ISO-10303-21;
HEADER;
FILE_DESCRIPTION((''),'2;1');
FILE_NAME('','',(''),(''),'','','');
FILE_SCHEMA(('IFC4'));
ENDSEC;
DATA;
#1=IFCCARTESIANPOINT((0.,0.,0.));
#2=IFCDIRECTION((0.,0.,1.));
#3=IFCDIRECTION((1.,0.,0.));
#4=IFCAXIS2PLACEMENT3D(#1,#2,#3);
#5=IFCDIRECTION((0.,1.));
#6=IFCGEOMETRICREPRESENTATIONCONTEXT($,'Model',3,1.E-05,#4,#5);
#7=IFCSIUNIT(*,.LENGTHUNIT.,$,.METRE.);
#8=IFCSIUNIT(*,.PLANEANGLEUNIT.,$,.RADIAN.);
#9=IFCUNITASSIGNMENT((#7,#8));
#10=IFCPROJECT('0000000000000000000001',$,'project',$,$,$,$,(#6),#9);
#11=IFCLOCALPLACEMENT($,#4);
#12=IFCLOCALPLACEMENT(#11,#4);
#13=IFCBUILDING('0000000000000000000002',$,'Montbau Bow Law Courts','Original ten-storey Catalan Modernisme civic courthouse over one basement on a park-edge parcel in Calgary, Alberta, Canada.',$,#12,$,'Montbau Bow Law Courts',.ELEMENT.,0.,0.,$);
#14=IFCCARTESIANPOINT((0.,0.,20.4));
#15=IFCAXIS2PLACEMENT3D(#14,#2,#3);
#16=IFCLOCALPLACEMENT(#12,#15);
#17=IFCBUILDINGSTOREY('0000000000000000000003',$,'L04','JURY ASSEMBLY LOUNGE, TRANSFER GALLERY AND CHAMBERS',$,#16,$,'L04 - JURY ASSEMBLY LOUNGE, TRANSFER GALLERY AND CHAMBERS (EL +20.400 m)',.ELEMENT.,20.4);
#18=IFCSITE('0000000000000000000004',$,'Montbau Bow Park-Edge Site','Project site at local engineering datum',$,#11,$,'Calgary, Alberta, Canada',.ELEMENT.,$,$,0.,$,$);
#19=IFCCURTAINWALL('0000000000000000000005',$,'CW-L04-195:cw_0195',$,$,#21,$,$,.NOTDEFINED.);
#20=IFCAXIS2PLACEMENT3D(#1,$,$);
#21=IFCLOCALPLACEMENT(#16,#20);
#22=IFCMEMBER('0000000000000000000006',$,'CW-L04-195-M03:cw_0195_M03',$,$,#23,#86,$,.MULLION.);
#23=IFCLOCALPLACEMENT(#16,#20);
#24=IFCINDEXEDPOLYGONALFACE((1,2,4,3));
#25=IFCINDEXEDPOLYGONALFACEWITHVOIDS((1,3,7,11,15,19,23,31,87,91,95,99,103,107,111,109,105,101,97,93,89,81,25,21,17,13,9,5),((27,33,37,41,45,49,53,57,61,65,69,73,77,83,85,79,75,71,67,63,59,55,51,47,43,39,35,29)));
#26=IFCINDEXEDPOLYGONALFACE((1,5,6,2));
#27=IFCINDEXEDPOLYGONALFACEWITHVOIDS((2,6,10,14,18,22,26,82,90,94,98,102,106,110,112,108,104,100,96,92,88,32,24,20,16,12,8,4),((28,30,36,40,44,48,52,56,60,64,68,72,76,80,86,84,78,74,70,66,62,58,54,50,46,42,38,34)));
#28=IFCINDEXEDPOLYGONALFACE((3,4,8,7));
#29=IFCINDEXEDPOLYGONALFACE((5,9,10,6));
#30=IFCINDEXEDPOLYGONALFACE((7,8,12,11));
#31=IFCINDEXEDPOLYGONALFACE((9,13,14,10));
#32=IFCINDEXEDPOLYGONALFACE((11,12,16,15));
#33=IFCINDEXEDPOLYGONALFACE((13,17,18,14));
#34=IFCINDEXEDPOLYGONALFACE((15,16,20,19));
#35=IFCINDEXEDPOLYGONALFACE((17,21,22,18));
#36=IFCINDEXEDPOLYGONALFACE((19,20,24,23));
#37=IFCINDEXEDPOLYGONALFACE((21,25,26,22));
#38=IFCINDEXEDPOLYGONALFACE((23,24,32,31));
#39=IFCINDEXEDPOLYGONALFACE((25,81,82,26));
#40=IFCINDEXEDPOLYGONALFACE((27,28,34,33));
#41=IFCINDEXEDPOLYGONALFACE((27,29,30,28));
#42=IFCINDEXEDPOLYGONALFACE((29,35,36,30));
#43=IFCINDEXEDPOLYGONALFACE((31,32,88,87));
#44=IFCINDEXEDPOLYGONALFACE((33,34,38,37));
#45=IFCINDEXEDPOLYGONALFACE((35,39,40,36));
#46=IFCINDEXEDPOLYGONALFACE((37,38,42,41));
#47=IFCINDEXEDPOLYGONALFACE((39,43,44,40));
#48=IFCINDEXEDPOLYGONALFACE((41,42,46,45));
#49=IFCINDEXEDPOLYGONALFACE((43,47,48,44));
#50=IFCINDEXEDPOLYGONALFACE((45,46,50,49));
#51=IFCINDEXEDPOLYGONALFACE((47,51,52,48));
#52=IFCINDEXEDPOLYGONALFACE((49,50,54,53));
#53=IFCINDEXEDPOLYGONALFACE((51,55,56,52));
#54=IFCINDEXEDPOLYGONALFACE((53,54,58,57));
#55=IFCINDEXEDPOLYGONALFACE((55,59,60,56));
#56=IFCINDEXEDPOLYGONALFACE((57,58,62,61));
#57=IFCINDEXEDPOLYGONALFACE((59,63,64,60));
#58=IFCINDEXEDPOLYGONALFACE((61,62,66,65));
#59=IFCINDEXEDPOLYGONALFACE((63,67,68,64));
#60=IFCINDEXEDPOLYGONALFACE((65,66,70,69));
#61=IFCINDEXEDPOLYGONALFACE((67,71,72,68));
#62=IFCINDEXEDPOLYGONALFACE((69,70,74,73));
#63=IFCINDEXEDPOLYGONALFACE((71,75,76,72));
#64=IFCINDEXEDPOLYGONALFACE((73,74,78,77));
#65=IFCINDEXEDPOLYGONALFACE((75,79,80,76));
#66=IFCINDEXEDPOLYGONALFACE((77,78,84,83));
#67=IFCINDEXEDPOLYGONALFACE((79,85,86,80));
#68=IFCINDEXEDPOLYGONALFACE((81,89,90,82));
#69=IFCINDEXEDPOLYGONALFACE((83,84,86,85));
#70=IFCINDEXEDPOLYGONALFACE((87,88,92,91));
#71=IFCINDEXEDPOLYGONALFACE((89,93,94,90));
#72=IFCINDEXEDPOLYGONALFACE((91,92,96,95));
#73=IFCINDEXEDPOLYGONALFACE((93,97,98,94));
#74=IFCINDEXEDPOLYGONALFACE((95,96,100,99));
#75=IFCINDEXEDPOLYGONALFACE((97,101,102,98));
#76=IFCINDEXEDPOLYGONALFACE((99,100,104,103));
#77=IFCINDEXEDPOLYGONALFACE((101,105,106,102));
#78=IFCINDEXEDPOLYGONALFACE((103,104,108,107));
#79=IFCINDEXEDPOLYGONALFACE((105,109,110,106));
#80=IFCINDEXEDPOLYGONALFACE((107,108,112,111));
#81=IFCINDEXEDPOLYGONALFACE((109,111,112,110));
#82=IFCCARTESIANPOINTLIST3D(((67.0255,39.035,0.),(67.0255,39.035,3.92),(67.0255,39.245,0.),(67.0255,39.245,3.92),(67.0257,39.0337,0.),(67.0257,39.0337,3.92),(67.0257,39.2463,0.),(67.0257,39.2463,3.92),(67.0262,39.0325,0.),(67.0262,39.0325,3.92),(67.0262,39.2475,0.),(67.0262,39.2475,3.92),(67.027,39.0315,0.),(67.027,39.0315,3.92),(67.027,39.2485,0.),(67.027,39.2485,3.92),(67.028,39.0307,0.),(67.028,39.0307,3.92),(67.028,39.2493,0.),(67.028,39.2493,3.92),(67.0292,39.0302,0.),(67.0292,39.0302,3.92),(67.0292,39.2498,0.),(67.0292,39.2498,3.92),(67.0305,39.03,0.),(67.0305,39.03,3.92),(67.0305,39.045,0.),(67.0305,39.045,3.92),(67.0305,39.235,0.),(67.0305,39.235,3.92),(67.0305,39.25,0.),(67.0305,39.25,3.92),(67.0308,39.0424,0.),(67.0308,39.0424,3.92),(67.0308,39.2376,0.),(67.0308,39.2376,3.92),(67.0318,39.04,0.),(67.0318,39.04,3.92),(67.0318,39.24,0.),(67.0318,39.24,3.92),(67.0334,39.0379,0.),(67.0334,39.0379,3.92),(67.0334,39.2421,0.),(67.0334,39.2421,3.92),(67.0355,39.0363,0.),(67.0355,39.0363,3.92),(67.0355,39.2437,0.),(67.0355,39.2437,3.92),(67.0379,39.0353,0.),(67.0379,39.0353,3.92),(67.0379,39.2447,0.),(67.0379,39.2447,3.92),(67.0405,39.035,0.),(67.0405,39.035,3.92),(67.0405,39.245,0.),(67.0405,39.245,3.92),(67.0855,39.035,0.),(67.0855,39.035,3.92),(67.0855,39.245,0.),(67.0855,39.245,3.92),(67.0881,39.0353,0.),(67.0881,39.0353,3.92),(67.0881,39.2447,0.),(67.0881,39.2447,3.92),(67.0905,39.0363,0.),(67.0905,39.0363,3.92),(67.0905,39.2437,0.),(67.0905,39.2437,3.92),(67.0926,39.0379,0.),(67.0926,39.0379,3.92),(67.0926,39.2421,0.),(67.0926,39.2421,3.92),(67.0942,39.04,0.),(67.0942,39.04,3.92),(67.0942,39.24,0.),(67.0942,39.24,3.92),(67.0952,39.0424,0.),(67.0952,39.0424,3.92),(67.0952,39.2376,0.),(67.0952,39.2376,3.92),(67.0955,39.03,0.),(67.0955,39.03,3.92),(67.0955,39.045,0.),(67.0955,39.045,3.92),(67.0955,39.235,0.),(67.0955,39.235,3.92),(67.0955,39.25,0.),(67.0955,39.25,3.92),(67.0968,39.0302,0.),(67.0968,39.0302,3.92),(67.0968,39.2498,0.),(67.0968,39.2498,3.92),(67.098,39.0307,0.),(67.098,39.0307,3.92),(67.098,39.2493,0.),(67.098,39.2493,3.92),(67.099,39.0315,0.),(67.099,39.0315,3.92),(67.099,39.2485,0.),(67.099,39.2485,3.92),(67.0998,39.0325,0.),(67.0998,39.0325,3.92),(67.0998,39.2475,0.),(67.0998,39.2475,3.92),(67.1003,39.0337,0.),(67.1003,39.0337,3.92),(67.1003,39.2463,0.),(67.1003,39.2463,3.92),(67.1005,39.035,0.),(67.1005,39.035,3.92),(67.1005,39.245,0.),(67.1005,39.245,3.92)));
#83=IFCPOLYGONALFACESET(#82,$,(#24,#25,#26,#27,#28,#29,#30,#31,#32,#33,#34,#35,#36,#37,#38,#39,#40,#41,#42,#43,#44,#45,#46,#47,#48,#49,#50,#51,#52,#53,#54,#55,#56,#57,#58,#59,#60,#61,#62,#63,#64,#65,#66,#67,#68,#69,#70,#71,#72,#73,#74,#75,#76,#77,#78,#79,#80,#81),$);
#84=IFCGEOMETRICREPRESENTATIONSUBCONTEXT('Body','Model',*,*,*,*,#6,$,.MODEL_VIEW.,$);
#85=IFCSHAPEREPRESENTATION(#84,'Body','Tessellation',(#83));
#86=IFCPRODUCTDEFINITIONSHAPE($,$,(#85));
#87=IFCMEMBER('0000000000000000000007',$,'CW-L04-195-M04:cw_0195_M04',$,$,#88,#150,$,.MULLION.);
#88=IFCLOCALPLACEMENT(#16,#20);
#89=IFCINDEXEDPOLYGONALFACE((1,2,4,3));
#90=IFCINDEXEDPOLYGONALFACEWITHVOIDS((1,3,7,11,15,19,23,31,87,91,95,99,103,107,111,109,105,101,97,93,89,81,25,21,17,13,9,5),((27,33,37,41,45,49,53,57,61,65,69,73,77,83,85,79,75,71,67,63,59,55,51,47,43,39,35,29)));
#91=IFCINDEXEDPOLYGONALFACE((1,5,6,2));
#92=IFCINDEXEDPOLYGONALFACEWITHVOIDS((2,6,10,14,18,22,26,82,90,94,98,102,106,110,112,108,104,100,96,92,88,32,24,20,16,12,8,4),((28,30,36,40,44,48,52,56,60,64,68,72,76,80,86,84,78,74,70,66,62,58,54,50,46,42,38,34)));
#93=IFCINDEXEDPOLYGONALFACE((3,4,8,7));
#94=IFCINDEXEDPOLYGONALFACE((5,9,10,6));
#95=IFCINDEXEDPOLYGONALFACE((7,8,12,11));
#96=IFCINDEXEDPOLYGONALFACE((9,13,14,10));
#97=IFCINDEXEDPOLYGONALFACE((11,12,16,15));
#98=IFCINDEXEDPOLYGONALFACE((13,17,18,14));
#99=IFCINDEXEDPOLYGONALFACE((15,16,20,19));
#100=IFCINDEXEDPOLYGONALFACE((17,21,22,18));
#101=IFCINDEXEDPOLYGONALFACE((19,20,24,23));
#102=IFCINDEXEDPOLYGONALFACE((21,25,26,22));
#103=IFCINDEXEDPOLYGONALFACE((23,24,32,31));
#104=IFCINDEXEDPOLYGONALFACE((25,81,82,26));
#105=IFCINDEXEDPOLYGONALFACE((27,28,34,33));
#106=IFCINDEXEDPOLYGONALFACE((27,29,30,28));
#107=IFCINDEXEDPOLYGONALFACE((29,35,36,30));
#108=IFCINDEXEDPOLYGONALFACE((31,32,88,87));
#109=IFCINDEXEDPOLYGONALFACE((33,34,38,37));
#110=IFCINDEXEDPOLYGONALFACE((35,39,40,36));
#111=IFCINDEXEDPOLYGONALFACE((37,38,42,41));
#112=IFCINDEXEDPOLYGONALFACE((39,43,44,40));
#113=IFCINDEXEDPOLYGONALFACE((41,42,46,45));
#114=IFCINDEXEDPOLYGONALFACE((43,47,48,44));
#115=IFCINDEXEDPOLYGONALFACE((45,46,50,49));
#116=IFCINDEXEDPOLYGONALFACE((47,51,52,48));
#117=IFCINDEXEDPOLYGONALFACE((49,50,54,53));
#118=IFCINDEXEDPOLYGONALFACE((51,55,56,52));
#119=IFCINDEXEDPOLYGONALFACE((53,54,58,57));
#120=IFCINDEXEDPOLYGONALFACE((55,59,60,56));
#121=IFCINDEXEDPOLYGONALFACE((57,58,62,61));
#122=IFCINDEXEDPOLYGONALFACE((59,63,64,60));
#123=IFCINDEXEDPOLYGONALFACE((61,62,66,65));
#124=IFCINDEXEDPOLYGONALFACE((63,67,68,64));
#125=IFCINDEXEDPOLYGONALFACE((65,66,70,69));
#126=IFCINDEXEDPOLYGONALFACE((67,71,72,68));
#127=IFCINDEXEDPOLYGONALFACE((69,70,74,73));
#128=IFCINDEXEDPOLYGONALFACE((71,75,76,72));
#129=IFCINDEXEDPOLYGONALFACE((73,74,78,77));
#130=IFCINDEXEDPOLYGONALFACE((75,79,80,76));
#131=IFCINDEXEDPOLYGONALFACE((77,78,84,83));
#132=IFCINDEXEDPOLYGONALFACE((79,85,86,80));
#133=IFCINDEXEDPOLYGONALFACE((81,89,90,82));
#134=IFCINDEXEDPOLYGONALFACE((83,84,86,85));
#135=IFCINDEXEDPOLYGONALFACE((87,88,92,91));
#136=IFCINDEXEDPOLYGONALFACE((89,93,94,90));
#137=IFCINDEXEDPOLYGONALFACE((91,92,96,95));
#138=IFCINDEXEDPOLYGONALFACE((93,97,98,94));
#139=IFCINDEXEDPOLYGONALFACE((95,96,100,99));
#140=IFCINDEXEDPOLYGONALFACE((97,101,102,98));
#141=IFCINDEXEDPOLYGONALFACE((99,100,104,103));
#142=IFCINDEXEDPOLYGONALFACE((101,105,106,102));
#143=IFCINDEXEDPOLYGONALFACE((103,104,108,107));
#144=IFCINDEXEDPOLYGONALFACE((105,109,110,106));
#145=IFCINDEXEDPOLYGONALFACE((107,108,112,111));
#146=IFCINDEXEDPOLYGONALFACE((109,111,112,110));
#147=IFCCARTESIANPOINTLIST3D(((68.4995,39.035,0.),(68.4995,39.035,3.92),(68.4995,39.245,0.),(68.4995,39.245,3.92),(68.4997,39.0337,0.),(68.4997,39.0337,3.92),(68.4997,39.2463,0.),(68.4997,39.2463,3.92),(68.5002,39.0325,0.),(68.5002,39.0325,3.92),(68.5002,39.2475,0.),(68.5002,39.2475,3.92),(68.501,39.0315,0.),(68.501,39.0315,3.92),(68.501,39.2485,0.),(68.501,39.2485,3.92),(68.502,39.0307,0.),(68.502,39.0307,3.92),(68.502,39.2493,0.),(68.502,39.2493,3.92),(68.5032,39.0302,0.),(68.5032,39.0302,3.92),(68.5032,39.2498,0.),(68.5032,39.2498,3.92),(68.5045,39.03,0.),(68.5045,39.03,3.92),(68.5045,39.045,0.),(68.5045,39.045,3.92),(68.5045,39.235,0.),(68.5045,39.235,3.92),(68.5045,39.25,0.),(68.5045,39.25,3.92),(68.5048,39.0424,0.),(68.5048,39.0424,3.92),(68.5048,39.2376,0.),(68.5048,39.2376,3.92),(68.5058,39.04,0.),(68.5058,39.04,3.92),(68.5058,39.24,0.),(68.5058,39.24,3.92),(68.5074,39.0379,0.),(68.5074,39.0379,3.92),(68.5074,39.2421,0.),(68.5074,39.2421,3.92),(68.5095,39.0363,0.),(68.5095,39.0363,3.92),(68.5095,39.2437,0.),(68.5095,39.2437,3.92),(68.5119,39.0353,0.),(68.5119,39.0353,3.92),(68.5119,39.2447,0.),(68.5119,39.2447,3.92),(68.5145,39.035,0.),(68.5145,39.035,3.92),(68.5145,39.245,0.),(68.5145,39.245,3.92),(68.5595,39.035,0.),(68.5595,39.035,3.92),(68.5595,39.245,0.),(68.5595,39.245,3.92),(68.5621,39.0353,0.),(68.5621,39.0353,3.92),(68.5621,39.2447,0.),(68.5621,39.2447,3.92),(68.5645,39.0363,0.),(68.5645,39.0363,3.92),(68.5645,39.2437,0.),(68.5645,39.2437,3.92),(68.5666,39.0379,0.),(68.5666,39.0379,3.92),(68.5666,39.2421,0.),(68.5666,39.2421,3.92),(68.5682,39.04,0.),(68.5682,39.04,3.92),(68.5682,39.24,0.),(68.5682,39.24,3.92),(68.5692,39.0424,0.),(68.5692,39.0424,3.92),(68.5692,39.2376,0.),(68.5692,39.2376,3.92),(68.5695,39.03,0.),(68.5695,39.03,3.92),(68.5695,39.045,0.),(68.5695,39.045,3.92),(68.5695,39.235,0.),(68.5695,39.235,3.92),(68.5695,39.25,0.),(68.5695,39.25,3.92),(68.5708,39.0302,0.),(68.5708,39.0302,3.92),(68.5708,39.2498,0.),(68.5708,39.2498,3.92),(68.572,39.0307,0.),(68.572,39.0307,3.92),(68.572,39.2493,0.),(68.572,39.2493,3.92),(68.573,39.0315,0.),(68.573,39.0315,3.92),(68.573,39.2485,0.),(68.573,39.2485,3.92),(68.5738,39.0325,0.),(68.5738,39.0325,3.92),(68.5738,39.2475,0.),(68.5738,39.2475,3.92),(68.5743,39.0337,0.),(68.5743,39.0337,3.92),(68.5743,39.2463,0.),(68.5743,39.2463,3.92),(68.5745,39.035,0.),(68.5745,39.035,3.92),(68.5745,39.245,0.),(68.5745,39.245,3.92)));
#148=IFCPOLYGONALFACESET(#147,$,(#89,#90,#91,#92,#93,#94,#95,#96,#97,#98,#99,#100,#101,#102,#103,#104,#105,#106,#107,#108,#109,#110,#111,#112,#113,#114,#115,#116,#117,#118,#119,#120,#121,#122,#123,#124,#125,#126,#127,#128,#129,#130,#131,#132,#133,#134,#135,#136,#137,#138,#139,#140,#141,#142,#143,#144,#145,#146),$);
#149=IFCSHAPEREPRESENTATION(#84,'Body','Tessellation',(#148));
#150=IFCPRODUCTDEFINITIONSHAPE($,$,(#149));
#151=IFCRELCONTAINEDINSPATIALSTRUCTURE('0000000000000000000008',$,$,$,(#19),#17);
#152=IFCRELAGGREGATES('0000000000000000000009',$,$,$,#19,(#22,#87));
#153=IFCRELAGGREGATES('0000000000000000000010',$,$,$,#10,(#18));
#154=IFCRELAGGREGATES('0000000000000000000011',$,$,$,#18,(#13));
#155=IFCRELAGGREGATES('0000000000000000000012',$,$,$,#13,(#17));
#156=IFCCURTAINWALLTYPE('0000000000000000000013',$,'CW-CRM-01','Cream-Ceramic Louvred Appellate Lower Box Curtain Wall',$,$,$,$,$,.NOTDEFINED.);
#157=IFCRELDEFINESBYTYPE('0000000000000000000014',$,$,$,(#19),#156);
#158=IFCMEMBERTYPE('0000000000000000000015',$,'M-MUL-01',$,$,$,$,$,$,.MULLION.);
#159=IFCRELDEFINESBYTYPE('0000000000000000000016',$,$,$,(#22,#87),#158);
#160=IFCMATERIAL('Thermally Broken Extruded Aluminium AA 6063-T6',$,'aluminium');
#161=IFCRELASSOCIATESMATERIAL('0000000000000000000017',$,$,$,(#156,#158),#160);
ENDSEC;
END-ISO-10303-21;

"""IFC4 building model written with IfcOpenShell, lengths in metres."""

from ifc_helpers import new_model, si_unit, direction, frame, origin_with_axes, origin_2d_with_axis, place, context, subcontext, project, spatial, hollow_rectangle, extrude, material, material_profile, profile_set, type_object, element, aggregate, save


model = new_model("IFC4")

# Units and contexts
model_context = context("Model", 3, precision=1e-05, world=origin_with_axes(), true_north=direction((0.0, 1.0)))
body_context = subcontext(model_context, "Body", "Model", "MODEL_VIEW")
ifc_project = project(units=[si_unit("LENGTHUNIT", "METRE"), si_unit("PLANEANGLEUNIT", "RADIAN")], contexts=[model_context])

# Site, building, storey
site_placement = place(None, origin_with_axes())
site = spatial("IfcSite", under=ifc_project, at=site_placement, Name="Montbau Bow Park-Edge Site", Description="Project site at local engineering datum", LongName="Calgary, Alberta, Canada", CompositionType="ELEMENT", RefElevation=0.0)
building_placement = place(site_placement, origin_with_axes())
building = spatial("IfcBuilding", under=site, at=building_placement, Name="Montbau Bow Law Courts", Description="Original ten-storey Catalan Modernisme civic courthouse over one basement on a park-edge parcel in Calgary, Alberta, Canada.", LongName="Montbau Bow Law Courts", CompositionType="ELEMENT", ElevationOfRefHeight=0.0, ElevationOfTerrain=0.0)
storey_placement = place(building_placement, frame((0.0, 0.0, 20.4), z_axis=(0.0, 0.0, 1.0), x_axis=(1.0, 0.0, 0.0)))
storey = spatial("IfcBuildingStorey", under=building, at=storey_placement, Name="L04", Description="JURY ASSEMBLY LOUNGE, TRANSFER GALLERY AND CHAMBERS", LongName="L04 - JURY ASSEMBLY LOUNGE, TRANSFER GALLERY AND CHAMBERS (EL +20.400 m)", CompositionType="ELEMENT", Elevation=20.4)

# Curtain wall, members
ifc_material_1 = material(Name="Thermally Broken Extruded Aluminium AA 6063-T6", Category="aluminium")
curtain_wall_type = type_object("IfcCurtainWallType", Name="CW-CRM-01", Description="Cream-Ceramic Louvred Appellate Lower Box Curtain Wall", PredefinedType="NOTDEFINED", material=ifc_material_1)
curtain_wall_placement = place(None, frame((64.115, 39.14, 20.4), z_axis=(0.0, 0.0, 1.0), x_axis=(1.0, 0.0, 0.0)))
curtain_wall = element("IfcCurtainWall", 1, at=curtain_wall_placement, inside=storey, type_object=curtain_wall_type, Name="CW-L04-195:cw_0195", PredefinedType="NOTDEFINED")
ifc_material_profile_1 = material_profile(ifc_material_1, hollow_rectangle(XDim=0.075, YDim=0.22, WallThickness=0.005, InnerFilletRadius=0.01, OuterFilletRadius=0.005, at=origin_2d_with_axis()), Name="CWM-220X75", Category="Main", Priority=0)
ifc_profile_set_1 = profile_set([ifc_material_profile_1], Name="Thermally Broken Extruded Aluminium AA 6063-T6")
member_type_1 = type_object("IfcMemberType", Name="M-MUL-01", PredefinedType="MULLION", material=ifc_profile_set_1)
member_1_placement = place(None, frame((67.063, 39.14, 20.4), z_axis=(0.0, 0.0, 1.0), x_axis=(1.0, 0.0, 0.0)))
member_1 = element("IfcMember", 2, at=member_1_placement, type_object=member_type_1, Name="CW-L04-195-M03:cw_0195_M03", PredefinedType="MULLION", context=body_context, shape_type="SweptSolid", body=[
    extrude(hollow_rectangle(XDim=0.075, YDim=0.22, WallThickness=0.005, InnerFilletRadius=0.01, OuterFilletRadius=0.005, at=origin_2d_with_axis()), origin_with_axes(), (0.0, 0.0, 1.0), 3.92),
])
member_2_placement = place(None, frame((68.537, 39.14, 20.4), z_axis=(0.0, 0.0, 1.0), x_axis=(1.0, 0.0, 0.0)))
member_2 = element("IfcMember", 3, at=member_2_placement, type_object=member_type_1, Name="CW-L04-195-M04:cw_0195_M04", PredefinedType="MULLION", context=body_context, shape_type="SweptSolid", body=[
    extrude(hollow_rectangle(XDim=0.075, YDim=0.22, WallThickness=0.005, InnerFilletRadius=0.01, OuterFilletRadius=0.005, at=origin_2d_with_axis()), origin_with_axes(), (0.0, 0.0, 1.0), 3.92),
])
aggregate(curtain_wall, [member_1, member_2])

save(model, "model.ifc")
